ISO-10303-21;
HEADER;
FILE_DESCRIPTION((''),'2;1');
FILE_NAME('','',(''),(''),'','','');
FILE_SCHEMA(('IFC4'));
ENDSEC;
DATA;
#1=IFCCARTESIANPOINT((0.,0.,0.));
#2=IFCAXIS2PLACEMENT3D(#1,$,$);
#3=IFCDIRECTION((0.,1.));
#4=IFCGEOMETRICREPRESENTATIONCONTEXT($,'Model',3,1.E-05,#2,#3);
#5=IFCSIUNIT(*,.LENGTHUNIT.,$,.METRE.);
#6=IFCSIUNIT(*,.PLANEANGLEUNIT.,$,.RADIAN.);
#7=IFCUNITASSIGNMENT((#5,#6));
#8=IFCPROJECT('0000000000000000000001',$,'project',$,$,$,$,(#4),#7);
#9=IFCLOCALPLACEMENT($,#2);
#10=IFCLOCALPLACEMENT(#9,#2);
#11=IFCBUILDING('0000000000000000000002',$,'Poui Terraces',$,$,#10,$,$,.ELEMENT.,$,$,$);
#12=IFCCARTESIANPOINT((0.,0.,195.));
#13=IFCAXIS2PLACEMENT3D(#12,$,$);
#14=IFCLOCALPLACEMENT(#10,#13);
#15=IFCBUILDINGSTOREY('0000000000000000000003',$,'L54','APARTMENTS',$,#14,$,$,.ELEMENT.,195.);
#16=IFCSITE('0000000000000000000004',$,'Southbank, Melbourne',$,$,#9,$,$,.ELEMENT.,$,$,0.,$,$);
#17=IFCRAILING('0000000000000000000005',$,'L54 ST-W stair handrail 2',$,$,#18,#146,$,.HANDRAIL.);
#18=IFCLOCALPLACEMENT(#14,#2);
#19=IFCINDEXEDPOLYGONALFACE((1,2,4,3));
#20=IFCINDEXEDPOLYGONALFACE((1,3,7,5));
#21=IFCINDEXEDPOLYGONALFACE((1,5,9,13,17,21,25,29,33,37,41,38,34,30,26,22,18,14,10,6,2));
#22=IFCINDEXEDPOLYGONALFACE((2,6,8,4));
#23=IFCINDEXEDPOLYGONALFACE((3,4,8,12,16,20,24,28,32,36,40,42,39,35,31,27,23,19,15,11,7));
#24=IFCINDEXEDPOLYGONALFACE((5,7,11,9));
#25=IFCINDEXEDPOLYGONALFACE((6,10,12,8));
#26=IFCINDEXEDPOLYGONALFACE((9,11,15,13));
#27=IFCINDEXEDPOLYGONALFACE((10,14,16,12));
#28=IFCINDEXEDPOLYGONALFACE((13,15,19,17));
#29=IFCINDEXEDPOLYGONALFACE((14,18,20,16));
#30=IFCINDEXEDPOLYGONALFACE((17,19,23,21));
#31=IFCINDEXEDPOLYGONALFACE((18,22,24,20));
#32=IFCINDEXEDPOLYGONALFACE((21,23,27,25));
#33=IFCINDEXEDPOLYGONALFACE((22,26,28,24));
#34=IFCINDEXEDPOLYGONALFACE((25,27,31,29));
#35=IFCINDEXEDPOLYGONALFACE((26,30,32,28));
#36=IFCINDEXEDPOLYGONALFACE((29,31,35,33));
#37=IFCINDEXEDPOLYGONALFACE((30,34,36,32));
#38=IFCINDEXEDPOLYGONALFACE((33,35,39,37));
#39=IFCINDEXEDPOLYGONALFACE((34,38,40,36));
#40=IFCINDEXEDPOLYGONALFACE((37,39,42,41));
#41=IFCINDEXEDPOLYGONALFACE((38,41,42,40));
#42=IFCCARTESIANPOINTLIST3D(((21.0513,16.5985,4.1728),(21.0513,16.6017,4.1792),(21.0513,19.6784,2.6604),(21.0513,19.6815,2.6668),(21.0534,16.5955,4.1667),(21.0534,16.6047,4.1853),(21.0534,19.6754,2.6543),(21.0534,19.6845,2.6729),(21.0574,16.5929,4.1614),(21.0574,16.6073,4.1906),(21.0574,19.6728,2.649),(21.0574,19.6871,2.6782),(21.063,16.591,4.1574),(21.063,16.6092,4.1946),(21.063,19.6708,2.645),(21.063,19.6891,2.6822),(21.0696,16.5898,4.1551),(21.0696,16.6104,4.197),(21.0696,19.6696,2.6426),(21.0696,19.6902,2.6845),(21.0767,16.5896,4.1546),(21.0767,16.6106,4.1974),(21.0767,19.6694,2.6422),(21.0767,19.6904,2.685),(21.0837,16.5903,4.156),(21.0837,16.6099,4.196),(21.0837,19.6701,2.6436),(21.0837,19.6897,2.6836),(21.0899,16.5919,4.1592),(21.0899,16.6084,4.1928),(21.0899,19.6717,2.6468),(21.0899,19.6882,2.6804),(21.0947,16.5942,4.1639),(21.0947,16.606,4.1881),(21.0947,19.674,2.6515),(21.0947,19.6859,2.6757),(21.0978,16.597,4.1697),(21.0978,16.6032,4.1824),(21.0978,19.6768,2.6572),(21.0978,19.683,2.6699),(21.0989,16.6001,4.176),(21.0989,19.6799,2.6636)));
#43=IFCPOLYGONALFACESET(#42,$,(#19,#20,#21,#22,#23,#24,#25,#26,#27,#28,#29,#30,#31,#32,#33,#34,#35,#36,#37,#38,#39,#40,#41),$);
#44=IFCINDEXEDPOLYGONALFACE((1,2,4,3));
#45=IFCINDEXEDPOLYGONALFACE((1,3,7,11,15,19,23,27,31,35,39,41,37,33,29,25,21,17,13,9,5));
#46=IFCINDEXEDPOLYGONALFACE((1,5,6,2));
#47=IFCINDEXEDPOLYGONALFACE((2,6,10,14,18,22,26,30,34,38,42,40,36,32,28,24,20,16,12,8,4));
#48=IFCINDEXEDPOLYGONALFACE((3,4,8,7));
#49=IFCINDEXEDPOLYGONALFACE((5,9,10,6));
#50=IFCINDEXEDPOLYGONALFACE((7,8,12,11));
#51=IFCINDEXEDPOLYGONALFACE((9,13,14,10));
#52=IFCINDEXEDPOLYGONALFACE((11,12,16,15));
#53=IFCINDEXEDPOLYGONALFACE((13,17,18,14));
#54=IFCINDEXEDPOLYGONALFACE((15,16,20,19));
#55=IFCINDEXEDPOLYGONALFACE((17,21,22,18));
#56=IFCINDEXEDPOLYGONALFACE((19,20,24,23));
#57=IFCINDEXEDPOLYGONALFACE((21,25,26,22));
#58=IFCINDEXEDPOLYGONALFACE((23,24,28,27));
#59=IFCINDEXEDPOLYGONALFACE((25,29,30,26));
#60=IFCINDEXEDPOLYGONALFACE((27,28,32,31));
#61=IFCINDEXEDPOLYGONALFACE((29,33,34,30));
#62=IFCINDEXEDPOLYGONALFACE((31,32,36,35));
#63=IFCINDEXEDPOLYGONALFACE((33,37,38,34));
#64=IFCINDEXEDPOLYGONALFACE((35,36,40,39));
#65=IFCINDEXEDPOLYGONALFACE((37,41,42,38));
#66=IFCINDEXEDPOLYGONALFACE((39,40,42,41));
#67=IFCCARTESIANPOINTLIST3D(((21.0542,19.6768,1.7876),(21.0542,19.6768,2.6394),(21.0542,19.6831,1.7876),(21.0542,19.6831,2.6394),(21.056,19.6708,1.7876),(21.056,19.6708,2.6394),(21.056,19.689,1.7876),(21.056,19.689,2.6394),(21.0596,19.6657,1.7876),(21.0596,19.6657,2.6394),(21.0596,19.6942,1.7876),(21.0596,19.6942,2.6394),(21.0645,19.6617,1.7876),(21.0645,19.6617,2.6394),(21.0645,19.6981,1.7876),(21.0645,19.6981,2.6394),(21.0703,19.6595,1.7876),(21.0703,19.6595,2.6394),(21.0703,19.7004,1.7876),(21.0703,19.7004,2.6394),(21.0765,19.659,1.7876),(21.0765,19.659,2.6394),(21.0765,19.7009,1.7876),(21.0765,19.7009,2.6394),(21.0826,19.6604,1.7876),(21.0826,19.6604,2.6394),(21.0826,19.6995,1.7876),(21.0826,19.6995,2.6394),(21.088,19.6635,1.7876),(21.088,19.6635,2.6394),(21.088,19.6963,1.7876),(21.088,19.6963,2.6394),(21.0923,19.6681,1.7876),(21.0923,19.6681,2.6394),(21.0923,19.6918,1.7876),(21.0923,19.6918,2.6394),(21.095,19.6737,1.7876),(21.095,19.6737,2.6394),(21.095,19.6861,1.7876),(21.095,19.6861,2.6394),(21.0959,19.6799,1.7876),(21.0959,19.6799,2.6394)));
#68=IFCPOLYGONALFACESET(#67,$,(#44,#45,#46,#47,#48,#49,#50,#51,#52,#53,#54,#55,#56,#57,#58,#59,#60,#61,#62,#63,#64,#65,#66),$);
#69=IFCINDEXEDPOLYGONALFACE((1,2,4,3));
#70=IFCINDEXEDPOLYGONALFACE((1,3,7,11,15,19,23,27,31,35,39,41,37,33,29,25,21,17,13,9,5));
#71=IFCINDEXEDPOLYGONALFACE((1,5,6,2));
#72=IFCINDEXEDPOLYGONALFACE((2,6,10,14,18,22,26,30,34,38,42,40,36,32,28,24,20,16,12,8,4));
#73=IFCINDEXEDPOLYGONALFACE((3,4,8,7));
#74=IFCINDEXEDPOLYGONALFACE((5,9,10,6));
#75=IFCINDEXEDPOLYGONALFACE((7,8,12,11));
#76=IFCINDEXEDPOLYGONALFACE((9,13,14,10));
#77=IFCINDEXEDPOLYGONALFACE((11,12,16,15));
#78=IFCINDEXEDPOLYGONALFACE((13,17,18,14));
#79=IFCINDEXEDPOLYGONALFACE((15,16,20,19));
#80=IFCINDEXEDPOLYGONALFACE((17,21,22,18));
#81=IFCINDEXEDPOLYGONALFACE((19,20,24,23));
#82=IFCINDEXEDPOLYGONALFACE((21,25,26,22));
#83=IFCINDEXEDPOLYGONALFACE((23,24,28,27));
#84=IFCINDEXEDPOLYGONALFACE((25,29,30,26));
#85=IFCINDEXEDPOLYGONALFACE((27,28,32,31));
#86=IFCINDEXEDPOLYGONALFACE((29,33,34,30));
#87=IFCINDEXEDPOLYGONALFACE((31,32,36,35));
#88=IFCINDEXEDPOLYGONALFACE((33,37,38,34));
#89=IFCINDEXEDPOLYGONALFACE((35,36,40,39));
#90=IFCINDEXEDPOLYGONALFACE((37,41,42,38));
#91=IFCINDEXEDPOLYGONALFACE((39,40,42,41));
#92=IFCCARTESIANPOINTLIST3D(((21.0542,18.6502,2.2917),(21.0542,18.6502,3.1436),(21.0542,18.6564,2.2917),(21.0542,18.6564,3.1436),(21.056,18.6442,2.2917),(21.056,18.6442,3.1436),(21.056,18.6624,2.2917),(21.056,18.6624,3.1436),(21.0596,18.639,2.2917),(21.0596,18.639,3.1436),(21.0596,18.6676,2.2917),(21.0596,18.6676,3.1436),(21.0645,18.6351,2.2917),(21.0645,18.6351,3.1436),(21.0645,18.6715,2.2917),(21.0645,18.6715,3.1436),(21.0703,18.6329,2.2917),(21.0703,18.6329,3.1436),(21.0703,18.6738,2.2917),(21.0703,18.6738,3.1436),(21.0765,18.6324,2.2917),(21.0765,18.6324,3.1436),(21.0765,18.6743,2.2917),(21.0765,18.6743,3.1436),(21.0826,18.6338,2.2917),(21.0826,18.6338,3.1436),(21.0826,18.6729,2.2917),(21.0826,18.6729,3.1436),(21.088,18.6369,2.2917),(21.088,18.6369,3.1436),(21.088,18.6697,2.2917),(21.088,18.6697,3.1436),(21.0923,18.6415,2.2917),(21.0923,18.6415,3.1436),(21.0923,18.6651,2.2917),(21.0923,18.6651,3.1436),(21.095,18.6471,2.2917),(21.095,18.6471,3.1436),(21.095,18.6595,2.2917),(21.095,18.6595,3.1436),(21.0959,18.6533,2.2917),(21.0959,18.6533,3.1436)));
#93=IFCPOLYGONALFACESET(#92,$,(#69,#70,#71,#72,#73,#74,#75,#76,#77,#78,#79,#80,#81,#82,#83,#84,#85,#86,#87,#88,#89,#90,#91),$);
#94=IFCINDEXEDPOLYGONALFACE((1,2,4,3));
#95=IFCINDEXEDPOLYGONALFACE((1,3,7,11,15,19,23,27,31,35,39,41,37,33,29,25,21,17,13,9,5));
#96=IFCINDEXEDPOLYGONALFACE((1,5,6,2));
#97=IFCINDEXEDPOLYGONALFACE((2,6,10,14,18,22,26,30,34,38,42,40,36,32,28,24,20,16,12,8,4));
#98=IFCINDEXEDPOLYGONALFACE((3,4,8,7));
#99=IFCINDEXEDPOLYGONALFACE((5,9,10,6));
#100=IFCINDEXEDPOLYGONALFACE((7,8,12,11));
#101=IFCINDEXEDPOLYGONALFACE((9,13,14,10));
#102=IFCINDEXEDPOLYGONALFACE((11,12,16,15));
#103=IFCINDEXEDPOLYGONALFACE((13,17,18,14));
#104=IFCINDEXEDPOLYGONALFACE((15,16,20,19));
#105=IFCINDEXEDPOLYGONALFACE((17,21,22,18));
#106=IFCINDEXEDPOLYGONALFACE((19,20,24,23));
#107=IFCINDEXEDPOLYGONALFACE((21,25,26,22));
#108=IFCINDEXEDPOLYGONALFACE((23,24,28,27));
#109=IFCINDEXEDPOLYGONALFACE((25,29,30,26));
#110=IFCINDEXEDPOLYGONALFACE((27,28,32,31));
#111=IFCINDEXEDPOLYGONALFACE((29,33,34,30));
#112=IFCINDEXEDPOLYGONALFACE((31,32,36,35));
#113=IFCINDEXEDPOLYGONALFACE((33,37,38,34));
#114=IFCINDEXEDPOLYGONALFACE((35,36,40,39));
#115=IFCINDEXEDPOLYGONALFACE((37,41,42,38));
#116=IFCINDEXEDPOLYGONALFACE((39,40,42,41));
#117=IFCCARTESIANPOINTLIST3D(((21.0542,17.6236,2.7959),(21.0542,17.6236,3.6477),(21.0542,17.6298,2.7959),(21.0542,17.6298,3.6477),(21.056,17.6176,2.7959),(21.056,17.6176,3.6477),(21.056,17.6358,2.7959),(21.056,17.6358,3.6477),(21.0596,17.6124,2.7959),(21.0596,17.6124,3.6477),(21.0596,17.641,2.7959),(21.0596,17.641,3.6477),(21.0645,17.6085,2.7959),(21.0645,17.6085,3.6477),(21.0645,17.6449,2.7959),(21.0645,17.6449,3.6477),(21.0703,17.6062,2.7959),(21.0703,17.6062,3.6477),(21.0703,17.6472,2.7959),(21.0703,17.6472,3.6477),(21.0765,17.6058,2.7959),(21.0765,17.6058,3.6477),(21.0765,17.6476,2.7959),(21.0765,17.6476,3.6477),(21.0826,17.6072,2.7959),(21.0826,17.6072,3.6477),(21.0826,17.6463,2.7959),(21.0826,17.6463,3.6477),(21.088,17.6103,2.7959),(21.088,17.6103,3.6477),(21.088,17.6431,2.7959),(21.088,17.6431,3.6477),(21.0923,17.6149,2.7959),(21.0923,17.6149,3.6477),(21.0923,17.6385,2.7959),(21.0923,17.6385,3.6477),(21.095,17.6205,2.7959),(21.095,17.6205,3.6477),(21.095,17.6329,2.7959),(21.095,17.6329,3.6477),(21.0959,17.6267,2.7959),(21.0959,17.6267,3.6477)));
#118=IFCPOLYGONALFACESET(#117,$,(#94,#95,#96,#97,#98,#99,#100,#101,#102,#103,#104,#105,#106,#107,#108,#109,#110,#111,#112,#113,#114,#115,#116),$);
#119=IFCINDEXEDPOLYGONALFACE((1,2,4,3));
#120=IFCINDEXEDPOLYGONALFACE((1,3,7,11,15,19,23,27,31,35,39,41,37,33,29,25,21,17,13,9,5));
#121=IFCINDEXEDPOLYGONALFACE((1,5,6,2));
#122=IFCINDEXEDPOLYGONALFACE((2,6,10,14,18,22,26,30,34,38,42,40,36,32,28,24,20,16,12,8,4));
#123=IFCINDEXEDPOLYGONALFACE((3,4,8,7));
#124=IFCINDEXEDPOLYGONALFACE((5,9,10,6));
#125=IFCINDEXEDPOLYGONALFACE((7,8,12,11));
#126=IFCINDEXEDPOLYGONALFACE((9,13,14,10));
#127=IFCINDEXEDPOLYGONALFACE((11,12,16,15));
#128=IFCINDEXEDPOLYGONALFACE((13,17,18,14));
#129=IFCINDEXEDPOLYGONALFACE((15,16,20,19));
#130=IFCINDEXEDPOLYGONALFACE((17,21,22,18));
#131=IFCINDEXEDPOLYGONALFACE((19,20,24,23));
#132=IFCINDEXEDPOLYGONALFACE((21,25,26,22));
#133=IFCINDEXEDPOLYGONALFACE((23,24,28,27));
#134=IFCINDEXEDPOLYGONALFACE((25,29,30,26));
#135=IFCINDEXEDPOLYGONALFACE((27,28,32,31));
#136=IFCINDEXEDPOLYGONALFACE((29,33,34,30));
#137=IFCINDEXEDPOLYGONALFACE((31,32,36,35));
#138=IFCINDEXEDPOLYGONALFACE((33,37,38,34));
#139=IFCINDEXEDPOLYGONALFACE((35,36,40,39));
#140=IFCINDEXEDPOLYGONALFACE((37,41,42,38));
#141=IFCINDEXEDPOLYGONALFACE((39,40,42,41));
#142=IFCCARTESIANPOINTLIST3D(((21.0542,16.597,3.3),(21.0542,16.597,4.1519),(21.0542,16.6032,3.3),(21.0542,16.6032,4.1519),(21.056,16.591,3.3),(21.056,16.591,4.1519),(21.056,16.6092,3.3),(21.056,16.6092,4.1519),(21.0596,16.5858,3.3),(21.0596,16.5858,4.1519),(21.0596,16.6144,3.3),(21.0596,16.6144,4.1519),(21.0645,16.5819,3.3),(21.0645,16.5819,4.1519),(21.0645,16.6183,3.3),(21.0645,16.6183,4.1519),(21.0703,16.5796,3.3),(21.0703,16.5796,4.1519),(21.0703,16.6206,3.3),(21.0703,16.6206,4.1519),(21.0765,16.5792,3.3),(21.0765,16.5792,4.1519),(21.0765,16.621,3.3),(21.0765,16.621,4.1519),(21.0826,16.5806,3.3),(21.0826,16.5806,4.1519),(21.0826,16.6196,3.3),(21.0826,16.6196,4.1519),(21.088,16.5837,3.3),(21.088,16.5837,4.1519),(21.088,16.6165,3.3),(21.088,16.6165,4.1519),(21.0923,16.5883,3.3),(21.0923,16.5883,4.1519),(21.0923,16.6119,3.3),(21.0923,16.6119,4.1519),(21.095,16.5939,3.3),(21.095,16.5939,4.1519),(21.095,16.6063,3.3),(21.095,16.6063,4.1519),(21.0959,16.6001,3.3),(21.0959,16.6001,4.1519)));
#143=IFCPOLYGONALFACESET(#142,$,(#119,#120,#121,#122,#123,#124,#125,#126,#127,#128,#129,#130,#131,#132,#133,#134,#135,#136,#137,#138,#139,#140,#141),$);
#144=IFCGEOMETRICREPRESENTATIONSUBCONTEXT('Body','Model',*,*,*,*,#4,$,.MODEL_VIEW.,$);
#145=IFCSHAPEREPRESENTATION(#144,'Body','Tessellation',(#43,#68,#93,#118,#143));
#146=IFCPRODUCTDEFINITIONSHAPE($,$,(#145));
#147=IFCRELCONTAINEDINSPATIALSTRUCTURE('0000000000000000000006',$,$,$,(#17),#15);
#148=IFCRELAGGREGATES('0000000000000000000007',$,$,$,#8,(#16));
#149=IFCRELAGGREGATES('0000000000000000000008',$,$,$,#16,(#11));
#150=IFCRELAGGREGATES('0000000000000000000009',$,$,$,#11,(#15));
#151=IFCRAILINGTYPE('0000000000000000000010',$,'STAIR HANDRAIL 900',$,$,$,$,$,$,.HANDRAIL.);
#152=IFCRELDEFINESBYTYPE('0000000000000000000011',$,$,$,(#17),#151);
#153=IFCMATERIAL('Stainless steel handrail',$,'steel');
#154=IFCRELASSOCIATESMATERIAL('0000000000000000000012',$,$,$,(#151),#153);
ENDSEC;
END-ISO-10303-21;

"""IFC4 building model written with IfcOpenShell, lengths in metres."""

from ifc_helpers import new_model, si_unit, direction, frame, origin, origin_2d, place, context, subcontext, project, spatial, circle, extrude, material, type_object, element, save


model = new_model("IFC4")

# Units and contexts
model_context = context("Model", 3, precision=1e-05, world=origin(), true_north=direction((0.0, 1.0)))
body_context = subcontext(model_context, "Body", "Model", "MODEL_VIEW")
ifc_project = project(units=[si_unit("LENGTHUNIT", "METRE"), si_unit("PLANEANGLEUNIT", "RADIAN")], contexts=[model_context])

# Site, building, storey
site_placement = place(None, origin())
site = spatial("IfcSite", under=ifc_project, at=site_placement, Name="Southbank, Melbourne", CompositionType="ELEMENT", RefElevation=0.0)
building_placement = place(site_placement, origin())
building = spatial("IfcBuilding", under=site, at=building_placement, Name="Poui Terraces", CompositionType="ELEMENT")
storey_placement = place(building_placement, frame((0.0, 0.0, 195.0)))
storey = spatial("IfcBuildingStorey", under=building, at=storey_placement, Name="L54", Description="APARTMENTS", CompositionType="ELEMENT", Elevation=195.0)

# Railing
ifc_material_1 = material(Name="Stainless steel handrail", Category="steel")
railing_type_1 = type_object("IfcRailingType", Name="STAIR HANDRAIL 900", PredefinedType="HANDRAIL", material=ifc_material_1)
railing_1_placement = place(storey_placement, frame((21.075, 19.6799, 1.7876)))
element("IfcRailing", 1, at=railing_1_placement, inside=storey, type_object=railing_type_1, Name="L54 ST-W stair handrail 2", PredefinedType="HANDRAIL", context=body_context, shape_type="SweptSolid", body=[
    extrude(circle(Radius=0.0239, at=origin_2d()), frame((0.0, 0.0, 0.876), z_axis=(0.0, -0.897606, 0.440798), x_axis=(1.0, 0.0, 0.0)), (0.0, 0.0, 1.0), 3.4312),
    extrude(circle(Radius=0.021, at=origin_2d()), origin(), (0.0, 0.0, 1.0), 0.8518),
    extrude(circle(Radius=0.021, at=origin_2d()), frame((0.0, -1.0266, 0.5042)), (0.0, 0.0, 1.0), 0.8518),
    extrude(circle(Radius=0.021, at=origin_2d()), frame((0.0, -2.0532, 1.0083)), (0.0, 0.0, 1.0), 0.8518),
    extrude(circle(Radius=0.021, at=origin_2d()), frame((0.0, -3.0798, 1.5125)), (0.0, 0.0, 1.0), 0.8518),
])

save(model, "model.ifc")
